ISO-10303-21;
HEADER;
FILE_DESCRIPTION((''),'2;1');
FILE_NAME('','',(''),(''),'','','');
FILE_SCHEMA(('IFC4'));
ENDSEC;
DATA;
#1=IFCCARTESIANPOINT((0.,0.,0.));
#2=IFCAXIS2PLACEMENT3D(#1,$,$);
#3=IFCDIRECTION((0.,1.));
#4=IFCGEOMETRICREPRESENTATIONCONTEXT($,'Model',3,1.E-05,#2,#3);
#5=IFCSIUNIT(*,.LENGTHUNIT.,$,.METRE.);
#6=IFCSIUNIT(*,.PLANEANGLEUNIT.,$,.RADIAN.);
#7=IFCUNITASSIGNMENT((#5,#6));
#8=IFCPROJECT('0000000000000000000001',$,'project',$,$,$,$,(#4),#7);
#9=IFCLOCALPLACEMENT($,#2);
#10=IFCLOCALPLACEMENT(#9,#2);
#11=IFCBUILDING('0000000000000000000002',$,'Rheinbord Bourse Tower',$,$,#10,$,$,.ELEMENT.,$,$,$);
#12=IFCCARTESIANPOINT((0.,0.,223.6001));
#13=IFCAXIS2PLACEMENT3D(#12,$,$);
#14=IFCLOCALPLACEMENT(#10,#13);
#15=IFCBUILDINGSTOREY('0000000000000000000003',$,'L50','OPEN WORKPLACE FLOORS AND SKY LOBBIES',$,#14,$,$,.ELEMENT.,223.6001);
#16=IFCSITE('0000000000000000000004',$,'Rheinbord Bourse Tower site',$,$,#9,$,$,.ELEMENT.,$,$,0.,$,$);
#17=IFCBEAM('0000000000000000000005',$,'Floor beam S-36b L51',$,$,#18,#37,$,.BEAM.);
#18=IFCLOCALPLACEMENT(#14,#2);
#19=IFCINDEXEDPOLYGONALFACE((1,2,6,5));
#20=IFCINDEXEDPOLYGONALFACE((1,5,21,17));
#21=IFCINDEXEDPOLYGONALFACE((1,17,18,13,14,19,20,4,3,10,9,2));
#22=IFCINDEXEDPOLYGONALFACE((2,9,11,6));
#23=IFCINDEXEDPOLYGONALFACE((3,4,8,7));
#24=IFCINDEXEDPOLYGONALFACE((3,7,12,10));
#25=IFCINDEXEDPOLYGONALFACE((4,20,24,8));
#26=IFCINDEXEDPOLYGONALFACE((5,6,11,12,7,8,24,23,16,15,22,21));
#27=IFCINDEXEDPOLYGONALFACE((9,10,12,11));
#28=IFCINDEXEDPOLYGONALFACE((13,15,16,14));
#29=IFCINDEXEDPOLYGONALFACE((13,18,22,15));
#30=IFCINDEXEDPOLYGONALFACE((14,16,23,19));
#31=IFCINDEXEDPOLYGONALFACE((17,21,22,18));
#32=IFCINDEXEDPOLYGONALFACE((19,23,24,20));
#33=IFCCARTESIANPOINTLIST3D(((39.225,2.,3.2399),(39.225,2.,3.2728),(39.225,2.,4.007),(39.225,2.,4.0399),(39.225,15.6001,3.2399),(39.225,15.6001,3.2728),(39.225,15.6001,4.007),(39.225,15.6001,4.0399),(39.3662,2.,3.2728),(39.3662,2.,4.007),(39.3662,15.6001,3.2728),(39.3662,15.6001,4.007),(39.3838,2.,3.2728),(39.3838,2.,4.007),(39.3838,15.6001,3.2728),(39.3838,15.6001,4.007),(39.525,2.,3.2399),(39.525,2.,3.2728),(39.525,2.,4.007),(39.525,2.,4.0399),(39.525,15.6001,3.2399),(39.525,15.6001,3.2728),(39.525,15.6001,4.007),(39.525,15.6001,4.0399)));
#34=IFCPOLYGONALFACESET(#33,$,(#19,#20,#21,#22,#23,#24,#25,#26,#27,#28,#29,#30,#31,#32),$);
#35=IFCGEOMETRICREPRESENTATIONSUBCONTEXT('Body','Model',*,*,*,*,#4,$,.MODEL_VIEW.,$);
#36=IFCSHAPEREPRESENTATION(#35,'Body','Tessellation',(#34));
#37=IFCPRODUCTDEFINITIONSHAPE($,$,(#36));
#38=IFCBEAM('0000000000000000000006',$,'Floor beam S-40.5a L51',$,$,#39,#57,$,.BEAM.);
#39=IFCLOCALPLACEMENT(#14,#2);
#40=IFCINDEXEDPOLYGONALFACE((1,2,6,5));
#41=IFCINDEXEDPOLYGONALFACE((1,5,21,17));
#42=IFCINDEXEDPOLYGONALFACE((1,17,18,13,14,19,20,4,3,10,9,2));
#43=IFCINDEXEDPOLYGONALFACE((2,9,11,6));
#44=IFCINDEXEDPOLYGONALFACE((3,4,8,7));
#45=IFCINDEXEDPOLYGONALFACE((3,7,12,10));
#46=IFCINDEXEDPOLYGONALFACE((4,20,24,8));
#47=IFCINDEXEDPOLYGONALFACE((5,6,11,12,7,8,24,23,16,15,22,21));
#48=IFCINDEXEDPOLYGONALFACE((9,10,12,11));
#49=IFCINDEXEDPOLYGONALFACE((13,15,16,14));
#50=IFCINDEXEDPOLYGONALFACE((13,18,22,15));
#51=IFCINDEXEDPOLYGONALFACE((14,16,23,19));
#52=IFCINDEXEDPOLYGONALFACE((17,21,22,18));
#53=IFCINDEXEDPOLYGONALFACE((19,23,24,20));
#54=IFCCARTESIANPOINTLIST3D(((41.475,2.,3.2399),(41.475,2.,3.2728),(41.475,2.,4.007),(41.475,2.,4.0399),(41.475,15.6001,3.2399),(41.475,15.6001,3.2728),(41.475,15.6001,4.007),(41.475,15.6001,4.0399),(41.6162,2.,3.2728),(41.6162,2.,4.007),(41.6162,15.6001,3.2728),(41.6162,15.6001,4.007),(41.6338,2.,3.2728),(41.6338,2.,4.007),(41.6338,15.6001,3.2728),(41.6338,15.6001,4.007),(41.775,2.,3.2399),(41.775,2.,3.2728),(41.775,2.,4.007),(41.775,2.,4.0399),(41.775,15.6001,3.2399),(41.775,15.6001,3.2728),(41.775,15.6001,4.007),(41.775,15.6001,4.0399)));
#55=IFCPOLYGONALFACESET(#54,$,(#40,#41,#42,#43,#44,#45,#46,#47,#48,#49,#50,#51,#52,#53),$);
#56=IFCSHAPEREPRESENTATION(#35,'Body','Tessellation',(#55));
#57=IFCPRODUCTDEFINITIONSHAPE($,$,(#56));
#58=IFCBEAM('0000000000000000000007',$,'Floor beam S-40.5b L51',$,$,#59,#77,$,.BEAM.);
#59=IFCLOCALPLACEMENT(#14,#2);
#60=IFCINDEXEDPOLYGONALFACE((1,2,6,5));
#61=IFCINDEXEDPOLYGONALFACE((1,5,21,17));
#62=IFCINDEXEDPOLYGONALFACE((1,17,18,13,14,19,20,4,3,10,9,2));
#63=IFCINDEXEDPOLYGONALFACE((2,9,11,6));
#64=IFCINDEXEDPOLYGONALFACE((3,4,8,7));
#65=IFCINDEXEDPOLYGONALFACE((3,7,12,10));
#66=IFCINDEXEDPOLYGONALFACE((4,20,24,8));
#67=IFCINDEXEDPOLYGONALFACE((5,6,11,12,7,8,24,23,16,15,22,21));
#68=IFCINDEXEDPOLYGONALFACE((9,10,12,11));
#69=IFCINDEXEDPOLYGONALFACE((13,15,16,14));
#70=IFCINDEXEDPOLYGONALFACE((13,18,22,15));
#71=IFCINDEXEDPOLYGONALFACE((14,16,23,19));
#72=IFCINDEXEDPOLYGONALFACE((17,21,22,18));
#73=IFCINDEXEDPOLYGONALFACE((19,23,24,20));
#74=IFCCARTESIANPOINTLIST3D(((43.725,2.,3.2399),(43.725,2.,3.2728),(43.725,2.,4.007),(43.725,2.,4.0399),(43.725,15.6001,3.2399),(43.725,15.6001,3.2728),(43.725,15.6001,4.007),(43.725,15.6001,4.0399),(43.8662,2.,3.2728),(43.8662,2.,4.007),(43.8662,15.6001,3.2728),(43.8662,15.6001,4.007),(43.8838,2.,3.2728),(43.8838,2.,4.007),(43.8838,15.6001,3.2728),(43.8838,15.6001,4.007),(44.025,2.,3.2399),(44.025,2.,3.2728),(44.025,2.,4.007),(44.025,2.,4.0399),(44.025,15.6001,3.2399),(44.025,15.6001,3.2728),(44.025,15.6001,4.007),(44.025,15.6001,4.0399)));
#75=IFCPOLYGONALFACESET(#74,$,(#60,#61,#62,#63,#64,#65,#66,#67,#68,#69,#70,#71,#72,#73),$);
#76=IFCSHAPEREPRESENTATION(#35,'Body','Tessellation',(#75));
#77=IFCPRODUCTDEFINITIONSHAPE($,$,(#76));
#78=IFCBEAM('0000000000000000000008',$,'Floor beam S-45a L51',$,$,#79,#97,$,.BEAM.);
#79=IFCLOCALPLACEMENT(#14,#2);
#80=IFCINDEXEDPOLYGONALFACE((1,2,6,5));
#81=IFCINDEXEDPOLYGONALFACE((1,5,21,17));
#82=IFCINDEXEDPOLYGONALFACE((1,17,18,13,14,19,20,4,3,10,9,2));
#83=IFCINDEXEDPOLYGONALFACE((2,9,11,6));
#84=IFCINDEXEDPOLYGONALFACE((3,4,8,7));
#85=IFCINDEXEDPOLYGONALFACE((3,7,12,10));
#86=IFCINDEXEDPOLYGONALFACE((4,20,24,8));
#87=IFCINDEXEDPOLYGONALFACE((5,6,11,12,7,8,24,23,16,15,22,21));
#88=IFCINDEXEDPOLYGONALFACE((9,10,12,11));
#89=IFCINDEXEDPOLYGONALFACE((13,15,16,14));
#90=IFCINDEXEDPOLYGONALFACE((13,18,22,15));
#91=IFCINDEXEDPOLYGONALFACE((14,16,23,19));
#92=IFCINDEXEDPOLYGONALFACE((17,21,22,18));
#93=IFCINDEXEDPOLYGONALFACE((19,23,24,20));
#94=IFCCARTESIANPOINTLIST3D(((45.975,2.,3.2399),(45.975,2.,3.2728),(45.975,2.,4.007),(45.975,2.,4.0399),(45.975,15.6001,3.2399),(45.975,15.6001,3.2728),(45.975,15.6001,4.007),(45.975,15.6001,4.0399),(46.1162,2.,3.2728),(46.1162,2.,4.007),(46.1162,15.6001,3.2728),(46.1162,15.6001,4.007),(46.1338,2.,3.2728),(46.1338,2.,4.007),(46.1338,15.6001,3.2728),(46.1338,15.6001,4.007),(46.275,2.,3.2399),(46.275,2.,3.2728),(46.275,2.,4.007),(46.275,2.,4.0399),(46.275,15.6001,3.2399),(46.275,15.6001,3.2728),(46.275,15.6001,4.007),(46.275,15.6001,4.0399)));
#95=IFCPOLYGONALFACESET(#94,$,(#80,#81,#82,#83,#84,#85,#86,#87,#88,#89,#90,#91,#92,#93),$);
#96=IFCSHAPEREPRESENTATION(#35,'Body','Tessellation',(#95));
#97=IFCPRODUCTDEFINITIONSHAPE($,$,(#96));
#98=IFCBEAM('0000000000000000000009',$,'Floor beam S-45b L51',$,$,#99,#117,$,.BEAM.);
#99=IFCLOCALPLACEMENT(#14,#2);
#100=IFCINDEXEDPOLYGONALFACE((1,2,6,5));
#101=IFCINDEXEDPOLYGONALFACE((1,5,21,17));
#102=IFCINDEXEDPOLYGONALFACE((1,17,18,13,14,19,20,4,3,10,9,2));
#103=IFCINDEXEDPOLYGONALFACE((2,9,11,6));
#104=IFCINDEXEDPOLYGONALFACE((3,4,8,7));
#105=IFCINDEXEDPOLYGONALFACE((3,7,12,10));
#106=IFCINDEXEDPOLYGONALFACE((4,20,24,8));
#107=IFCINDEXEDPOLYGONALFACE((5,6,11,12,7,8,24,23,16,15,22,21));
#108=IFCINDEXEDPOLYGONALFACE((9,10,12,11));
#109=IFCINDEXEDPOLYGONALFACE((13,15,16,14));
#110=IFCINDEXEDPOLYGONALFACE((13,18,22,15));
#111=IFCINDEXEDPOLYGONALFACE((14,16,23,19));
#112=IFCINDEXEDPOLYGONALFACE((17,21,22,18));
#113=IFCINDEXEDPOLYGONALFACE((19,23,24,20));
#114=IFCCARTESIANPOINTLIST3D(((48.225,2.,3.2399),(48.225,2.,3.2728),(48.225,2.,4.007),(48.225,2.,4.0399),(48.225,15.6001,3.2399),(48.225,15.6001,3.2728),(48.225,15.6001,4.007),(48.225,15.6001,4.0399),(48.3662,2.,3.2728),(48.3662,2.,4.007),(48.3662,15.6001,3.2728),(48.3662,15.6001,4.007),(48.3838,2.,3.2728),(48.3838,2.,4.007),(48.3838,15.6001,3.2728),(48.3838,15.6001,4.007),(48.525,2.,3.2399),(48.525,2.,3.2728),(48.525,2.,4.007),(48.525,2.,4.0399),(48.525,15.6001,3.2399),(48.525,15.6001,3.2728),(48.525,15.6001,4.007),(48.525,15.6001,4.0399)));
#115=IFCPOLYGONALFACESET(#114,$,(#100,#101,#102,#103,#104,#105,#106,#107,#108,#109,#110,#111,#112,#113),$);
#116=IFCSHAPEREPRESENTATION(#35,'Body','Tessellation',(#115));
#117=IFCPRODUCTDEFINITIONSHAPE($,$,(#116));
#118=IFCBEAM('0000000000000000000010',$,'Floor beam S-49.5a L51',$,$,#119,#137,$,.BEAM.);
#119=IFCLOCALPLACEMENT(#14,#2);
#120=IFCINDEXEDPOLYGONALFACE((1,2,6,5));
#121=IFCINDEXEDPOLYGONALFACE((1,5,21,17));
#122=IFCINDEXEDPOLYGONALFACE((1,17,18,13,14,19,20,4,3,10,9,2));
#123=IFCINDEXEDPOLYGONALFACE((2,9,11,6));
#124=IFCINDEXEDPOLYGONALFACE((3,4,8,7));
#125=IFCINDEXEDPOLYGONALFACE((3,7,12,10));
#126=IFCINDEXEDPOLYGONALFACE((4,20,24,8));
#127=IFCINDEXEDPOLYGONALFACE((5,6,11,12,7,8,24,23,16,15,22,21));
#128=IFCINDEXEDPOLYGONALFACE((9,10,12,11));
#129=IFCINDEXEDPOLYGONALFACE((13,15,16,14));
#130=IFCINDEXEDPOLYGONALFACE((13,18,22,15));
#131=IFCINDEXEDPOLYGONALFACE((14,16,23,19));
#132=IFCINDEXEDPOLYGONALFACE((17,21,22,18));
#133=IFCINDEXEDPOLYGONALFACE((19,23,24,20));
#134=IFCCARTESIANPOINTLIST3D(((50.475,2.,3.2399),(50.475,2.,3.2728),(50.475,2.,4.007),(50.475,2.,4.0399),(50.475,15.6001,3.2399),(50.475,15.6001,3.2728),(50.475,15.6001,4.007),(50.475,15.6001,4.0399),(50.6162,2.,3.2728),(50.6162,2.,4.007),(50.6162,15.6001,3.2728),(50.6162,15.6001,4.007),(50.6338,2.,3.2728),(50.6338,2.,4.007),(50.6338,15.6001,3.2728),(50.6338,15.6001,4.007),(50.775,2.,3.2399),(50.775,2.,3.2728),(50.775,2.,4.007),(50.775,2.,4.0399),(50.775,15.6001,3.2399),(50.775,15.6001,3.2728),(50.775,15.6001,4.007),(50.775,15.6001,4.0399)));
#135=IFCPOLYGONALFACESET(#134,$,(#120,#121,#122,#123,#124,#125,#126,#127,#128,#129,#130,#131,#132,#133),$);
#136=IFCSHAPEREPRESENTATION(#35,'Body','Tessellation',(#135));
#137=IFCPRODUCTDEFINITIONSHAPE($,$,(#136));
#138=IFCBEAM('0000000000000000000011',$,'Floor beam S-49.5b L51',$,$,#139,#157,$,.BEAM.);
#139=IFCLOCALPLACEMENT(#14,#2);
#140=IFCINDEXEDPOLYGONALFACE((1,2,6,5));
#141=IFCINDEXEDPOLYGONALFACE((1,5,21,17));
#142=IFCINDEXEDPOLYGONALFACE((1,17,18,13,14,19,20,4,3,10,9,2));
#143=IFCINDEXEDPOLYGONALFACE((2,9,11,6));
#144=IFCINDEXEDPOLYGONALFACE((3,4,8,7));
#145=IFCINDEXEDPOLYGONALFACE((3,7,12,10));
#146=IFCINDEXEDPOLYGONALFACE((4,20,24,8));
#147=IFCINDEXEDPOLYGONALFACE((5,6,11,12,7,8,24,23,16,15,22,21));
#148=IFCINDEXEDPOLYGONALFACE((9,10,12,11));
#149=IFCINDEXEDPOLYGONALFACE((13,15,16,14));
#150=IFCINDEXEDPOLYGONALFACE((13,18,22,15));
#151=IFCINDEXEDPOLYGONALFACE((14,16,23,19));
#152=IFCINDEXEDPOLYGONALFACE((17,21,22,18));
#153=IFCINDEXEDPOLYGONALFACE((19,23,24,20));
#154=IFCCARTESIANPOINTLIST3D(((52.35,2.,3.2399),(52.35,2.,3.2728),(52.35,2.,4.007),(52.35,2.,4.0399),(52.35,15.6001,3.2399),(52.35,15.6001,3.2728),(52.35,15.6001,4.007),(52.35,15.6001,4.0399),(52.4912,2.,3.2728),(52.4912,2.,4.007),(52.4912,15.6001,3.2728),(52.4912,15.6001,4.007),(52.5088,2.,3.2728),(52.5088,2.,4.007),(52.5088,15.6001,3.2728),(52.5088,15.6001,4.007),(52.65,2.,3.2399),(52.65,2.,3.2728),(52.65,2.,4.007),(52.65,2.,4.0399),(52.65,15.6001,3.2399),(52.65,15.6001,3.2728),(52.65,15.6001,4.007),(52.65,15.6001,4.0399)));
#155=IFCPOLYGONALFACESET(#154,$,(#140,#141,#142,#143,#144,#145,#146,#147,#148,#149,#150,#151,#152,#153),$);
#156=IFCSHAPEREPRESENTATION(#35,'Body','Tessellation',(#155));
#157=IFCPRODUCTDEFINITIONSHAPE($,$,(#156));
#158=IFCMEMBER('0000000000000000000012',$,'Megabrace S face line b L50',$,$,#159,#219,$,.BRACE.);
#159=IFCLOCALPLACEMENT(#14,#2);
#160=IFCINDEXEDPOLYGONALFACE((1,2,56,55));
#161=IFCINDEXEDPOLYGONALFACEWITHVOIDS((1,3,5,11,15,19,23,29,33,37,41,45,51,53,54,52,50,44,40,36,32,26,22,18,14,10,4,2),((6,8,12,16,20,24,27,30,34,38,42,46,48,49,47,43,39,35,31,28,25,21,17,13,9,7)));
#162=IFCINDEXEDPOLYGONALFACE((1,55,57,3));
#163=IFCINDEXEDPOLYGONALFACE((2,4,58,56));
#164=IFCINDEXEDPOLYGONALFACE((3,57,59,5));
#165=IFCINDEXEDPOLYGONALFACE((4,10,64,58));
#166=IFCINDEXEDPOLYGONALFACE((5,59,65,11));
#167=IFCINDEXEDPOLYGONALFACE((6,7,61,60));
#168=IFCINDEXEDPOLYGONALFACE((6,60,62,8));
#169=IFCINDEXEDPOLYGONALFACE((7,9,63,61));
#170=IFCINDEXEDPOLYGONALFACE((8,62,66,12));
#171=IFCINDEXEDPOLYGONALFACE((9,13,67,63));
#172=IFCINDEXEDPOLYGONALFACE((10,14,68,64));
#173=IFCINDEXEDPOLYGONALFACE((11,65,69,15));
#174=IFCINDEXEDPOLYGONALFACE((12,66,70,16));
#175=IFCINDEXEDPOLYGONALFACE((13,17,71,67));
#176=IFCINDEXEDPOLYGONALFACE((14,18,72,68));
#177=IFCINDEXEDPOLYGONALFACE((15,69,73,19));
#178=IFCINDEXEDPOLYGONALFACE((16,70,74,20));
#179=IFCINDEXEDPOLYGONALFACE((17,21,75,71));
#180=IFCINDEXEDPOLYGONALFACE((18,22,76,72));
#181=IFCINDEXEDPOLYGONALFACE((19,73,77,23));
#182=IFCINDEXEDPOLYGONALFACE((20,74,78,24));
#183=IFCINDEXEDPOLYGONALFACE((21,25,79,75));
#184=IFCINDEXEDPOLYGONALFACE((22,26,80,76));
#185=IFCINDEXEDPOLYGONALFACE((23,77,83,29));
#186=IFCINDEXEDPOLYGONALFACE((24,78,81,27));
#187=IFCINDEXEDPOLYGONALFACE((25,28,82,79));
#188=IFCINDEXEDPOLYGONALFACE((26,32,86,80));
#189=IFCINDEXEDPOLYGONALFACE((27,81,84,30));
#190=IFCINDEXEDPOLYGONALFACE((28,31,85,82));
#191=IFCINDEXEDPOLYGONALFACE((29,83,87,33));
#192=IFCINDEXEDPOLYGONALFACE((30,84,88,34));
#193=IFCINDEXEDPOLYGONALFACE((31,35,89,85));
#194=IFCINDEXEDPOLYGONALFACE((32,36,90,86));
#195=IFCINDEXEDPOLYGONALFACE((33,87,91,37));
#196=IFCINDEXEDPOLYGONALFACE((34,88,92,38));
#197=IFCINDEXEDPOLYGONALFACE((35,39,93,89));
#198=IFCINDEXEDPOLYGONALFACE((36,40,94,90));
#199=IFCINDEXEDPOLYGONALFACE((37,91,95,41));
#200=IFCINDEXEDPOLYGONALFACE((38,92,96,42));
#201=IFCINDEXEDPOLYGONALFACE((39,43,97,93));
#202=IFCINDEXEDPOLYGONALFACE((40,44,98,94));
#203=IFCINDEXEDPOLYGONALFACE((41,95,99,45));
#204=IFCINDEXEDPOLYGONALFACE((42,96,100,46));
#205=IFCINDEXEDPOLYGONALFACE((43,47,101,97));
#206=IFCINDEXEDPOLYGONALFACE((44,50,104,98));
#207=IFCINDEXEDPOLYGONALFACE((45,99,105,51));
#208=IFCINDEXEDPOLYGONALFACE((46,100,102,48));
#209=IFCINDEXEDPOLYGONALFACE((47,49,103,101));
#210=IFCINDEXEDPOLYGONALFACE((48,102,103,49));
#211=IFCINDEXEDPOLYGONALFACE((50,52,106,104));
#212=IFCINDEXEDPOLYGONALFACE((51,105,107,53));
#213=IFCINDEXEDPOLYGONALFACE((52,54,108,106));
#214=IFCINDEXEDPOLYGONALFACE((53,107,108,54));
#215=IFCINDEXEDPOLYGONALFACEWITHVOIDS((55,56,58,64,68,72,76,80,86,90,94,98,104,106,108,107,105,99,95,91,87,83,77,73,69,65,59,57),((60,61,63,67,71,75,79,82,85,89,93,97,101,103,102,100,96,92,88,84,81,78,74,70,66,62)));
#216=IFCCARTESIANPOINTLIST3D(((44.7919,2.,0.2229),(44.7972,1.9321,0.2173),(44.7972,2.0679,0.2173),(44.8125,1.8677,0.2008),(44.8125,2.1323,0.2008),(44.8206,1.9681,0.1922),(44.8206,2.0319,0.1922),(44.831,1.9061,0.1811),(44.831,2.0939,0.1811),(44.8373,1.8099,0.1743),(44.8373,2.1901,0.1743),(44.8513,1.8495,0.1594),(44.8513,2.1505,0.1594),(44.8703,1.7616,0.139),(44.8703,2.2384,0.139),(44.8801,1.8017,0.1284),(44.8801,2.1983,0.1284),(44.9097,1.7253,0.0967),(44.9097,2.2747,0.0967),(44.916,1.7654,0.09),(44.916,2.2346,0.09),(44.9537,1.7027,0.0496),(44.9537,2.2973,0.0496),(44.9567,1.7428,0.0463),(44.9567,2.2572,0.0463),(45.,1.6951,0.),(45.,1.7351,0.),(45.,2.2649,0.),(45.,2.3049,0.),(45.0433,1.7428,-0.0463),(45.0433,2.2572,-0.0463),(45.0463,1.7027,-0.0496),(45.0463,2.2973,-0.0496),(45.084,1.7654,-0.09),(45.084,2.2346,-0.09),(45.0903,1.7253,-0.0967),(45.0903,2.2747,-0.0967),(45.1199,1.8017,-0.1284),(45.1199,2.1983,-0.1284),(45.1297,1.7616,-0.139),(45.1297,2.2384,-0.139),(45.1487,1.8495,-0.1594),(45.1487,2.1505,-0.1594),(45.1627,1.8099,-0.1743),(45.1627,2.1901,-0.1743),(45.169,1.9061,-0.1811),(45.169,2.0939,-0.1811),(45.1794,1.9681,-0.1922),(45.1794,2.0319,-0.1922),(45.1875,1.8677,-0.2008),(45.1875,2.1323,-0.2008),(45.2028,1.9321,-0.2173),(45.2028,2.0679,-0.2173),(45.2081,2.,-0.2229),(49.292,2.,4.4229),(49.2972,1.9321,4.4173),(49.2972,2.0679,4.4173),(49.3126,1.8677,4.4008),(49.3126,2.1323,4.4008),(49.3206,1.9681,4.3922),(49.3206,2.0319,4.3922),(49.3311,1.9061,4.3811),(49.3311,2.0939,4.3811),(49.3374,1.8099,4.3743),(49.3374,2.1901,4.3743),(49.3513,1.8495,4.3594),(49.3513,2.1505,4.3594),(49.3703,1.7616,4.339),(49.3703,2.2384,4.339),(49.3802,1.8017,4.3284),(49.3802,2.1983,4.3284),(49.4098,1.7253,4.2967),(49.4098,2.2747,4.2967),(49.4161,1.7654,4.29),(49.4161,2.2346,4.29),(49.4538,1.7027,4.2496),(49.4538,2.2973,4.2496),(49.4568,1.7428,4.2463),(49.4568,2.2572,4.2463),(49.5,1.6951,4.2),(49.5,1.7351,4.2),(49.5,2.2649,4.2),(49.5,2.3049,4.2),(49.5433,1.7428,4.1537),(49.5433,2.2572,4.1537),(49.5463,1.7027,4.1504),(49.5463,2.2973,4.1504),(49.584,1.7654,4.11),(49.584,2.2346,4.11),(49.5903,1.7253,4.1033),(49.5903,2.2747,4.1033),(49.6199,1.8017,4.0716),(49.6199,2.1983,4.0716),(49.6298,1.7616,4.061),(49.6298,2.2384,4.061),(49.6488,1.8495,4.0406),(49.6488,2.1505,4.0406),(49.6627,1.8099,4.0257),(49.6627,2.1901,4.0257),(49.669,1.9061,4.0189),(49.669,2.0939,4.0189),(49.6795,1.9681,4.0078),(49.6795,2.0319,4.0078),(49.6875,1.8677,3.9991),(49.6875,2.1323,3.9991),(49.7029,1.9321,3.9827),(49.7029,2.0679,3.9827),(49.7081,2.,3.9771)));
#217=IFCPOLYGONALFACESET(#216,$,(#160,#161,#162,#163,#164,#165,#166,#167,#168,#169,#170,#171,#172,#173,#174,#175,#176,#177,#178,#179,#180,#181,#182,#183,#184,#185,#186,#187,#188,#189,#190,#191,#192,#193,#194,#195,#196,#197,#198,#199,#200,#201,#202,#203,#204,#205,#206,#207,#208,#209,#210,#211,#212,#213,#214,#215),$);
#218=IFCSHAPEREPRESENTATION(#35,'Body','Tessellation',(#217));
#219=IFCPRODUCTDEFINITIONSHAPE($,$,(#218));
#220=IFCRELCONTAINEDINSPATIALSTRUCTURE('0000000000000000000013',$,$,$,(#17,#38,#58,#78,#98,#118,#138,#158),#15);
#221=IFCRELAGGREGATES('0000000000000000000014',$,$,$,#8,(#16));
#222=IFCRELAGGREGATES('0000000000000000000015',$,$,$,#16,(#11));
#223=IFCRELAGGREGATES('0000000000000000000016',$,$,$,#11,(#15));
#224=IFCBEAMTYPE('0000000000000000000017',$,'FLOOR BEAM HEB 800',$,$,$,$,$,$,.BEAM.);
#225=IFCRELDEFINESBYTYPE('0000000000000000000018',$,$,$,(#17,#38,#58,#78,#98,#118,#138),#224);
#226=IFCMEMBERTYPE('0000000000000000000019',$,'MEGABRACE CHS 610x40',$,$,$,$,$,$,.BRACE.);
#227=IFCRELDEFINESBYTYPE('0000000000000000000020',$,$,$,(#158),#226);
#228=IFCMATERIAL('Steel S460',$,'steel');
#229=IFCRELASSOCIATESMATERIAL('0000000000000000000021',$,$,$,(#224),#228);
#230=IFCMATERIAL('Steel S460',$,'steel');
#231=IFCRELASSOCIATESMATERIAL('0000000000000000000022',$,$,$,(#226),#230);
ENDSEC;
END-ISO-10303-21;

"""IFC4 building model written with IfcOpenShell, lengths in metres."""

from ifc_helpers import new_model, si_unit, direction, frame, origin, origin_2d, place, context, subcontext, project, spatial, hollow_circle, i_section, extrude, material, material_profile, profile_set, type_object, element, save


model = new_model("IFC4")

# Units and contexts
model_context = context("Model", 3, precision=1e-05, world=origin(), true_north=direction((0.0, 1.0)))
body_context = subcontext(model_context, "Body", "Model", "MODEL_VIEW")
ifc_project = project(units=[si_unit("LENGTHUNIT", "METRE"), si_unit("PLANEANGLEUNIT", "RADIAN")], contexts=[model_context])

# Site, building, storey
site_placement = place(None, origin())
site = spatial("IfcSite", under=ifc_project, at=site_placement, Name="Rheinbord Bourse Tower site", CompositionType="ELEMENT", RefElevation=0.0)
building_placement = place(site_placement, origin())
building = spatial("IfcBuilding", under=site, at=building_placement, Name="Rheinbord Bourse Tower", CompositionType="ELEMENT")
storey_placement = place(building_placement, frame((0.0, 0.0, 223.6001)))
storey = spatial("IfcBuildingStorey", under=building, at=storey_placement, Name="L50", Description="OPEN WORKPLACE FLOORS AND SKY LOBBIES", CompositionType="ELEMENT", Elevation=223.6001)

# Beams
ifc_material_1 = material(Name="Steel S460", Category="steel")
ifc_material_profile_1 = material_profile(ifc_material_1, i_section(OverallWidth=0.3, OverallDepth=0.8, WebThickness=0.0176, FlangeThickness=0.033, at=origin_2d()), Name="HEB 800")
ifc_profile_set_1 = profile_set([ifc_material_profile_1], Name="Steel S460")
beam_type_1 = type_object("IfcBeamType", Name="FLOOR BEAM HEB 800", PredefinedType="BEAM", material=ifc_profile_set_1)
for number, where, z_axis, x_axis, name in (
    (1, (39.375, 2.0, 3.6399), (0.0, 1.0, 0.0), (-1.0, 0.0, 0.0), "Floor beam S-36b L51"),
    (2, (41.625, 2.0, 3.6399), (0.0, 1.0, 0.0), (-1.0, 0.0, 0.0), "Floor beam S-40.5a L51"),
    (3, (43.875, 2.0, 3.6399), (0.0, 1.0, 0.0), (-1.0, 0.0, 0.0), "Floor beam S-40.5b L51"),
    (4, (46.125, 2.0, 3.6399), (0.0, 1.0, 0.0), (-1.0, 0.0, 0.0), "Floor beam S-45a L51"),
    (5, (48.375, 2.0, 3.6399), (0.0, 1.0, 0.0), (-1.0, 0.0, 0.0), "Floor beam S-45b L51"),
    (6, (50.625, 2.0, 3.6399), (0.0, 1.0, 0.0), (-1.0, 0.0, 0.0), "Floor beam S-49.5a L51"),
    (7, (52.5, 2.0, 3.6399), (0.0, 1.0, 0.0), (-1.0, 0.0, 0.0), "Floor beam S-49.5b L51"),
):
    element("IfcBeam", number, at=place(storey_placement, frame(where, z_axis=z_axis, x_axis=x_axis)), inside=storey, type_object=beam_type_1, Name=name, PredefinedType="BEAM", context=body_context, shape_type="SweptSolid", body=[
        extrude(i_section(OverallWidth=0.3, OverallDepth=0.8, WebThickness=0.0176, FlangeThickness=0.033, at=origin_2d()), origin(), (0.0, 0.0, 1.0), 13.6001),
    ])

# Member
ifc_material_2 = material(Name="Steel S460", Category="steel")
ifc_material_profile_2 = material_profile(ifc_material_2, hollow_circle(Radius=0.3049, WallThickness=0.04, at=origin_2d()), Name="CHS 610x40")
ifc_profile_set_2 = profile_set([ifc_material_profile_2], Name="Steel S460")
member_type_1 = type_object("IfcMemberType", Name="MEGABRACE CHS 610x40", PredefinedType="BRACE", material=ifc_profile_set_2)
member_1_placement = place(storey_placement, frame((45.0, 2.0, 0.0), z_axis=(0.731059, 0.0, 0.682314), x_axis=(0.0, 1.0, 0.0)))
element("IfcMember", 8, at=member_1_placement, inside=storey, type_object=member_type_1, Name="Megabrace S face line b L50", PredefinedType="BRACE", context=body_context, shape_type="SweptSolid", body=[
    extrude(hollow_circle(Radius=0.3049, WallThickness=0.04, at=origin_2d()), origin(), (0.0, 0.0, 1.0), 6.1555),
])

save(model, "model.ifc")
